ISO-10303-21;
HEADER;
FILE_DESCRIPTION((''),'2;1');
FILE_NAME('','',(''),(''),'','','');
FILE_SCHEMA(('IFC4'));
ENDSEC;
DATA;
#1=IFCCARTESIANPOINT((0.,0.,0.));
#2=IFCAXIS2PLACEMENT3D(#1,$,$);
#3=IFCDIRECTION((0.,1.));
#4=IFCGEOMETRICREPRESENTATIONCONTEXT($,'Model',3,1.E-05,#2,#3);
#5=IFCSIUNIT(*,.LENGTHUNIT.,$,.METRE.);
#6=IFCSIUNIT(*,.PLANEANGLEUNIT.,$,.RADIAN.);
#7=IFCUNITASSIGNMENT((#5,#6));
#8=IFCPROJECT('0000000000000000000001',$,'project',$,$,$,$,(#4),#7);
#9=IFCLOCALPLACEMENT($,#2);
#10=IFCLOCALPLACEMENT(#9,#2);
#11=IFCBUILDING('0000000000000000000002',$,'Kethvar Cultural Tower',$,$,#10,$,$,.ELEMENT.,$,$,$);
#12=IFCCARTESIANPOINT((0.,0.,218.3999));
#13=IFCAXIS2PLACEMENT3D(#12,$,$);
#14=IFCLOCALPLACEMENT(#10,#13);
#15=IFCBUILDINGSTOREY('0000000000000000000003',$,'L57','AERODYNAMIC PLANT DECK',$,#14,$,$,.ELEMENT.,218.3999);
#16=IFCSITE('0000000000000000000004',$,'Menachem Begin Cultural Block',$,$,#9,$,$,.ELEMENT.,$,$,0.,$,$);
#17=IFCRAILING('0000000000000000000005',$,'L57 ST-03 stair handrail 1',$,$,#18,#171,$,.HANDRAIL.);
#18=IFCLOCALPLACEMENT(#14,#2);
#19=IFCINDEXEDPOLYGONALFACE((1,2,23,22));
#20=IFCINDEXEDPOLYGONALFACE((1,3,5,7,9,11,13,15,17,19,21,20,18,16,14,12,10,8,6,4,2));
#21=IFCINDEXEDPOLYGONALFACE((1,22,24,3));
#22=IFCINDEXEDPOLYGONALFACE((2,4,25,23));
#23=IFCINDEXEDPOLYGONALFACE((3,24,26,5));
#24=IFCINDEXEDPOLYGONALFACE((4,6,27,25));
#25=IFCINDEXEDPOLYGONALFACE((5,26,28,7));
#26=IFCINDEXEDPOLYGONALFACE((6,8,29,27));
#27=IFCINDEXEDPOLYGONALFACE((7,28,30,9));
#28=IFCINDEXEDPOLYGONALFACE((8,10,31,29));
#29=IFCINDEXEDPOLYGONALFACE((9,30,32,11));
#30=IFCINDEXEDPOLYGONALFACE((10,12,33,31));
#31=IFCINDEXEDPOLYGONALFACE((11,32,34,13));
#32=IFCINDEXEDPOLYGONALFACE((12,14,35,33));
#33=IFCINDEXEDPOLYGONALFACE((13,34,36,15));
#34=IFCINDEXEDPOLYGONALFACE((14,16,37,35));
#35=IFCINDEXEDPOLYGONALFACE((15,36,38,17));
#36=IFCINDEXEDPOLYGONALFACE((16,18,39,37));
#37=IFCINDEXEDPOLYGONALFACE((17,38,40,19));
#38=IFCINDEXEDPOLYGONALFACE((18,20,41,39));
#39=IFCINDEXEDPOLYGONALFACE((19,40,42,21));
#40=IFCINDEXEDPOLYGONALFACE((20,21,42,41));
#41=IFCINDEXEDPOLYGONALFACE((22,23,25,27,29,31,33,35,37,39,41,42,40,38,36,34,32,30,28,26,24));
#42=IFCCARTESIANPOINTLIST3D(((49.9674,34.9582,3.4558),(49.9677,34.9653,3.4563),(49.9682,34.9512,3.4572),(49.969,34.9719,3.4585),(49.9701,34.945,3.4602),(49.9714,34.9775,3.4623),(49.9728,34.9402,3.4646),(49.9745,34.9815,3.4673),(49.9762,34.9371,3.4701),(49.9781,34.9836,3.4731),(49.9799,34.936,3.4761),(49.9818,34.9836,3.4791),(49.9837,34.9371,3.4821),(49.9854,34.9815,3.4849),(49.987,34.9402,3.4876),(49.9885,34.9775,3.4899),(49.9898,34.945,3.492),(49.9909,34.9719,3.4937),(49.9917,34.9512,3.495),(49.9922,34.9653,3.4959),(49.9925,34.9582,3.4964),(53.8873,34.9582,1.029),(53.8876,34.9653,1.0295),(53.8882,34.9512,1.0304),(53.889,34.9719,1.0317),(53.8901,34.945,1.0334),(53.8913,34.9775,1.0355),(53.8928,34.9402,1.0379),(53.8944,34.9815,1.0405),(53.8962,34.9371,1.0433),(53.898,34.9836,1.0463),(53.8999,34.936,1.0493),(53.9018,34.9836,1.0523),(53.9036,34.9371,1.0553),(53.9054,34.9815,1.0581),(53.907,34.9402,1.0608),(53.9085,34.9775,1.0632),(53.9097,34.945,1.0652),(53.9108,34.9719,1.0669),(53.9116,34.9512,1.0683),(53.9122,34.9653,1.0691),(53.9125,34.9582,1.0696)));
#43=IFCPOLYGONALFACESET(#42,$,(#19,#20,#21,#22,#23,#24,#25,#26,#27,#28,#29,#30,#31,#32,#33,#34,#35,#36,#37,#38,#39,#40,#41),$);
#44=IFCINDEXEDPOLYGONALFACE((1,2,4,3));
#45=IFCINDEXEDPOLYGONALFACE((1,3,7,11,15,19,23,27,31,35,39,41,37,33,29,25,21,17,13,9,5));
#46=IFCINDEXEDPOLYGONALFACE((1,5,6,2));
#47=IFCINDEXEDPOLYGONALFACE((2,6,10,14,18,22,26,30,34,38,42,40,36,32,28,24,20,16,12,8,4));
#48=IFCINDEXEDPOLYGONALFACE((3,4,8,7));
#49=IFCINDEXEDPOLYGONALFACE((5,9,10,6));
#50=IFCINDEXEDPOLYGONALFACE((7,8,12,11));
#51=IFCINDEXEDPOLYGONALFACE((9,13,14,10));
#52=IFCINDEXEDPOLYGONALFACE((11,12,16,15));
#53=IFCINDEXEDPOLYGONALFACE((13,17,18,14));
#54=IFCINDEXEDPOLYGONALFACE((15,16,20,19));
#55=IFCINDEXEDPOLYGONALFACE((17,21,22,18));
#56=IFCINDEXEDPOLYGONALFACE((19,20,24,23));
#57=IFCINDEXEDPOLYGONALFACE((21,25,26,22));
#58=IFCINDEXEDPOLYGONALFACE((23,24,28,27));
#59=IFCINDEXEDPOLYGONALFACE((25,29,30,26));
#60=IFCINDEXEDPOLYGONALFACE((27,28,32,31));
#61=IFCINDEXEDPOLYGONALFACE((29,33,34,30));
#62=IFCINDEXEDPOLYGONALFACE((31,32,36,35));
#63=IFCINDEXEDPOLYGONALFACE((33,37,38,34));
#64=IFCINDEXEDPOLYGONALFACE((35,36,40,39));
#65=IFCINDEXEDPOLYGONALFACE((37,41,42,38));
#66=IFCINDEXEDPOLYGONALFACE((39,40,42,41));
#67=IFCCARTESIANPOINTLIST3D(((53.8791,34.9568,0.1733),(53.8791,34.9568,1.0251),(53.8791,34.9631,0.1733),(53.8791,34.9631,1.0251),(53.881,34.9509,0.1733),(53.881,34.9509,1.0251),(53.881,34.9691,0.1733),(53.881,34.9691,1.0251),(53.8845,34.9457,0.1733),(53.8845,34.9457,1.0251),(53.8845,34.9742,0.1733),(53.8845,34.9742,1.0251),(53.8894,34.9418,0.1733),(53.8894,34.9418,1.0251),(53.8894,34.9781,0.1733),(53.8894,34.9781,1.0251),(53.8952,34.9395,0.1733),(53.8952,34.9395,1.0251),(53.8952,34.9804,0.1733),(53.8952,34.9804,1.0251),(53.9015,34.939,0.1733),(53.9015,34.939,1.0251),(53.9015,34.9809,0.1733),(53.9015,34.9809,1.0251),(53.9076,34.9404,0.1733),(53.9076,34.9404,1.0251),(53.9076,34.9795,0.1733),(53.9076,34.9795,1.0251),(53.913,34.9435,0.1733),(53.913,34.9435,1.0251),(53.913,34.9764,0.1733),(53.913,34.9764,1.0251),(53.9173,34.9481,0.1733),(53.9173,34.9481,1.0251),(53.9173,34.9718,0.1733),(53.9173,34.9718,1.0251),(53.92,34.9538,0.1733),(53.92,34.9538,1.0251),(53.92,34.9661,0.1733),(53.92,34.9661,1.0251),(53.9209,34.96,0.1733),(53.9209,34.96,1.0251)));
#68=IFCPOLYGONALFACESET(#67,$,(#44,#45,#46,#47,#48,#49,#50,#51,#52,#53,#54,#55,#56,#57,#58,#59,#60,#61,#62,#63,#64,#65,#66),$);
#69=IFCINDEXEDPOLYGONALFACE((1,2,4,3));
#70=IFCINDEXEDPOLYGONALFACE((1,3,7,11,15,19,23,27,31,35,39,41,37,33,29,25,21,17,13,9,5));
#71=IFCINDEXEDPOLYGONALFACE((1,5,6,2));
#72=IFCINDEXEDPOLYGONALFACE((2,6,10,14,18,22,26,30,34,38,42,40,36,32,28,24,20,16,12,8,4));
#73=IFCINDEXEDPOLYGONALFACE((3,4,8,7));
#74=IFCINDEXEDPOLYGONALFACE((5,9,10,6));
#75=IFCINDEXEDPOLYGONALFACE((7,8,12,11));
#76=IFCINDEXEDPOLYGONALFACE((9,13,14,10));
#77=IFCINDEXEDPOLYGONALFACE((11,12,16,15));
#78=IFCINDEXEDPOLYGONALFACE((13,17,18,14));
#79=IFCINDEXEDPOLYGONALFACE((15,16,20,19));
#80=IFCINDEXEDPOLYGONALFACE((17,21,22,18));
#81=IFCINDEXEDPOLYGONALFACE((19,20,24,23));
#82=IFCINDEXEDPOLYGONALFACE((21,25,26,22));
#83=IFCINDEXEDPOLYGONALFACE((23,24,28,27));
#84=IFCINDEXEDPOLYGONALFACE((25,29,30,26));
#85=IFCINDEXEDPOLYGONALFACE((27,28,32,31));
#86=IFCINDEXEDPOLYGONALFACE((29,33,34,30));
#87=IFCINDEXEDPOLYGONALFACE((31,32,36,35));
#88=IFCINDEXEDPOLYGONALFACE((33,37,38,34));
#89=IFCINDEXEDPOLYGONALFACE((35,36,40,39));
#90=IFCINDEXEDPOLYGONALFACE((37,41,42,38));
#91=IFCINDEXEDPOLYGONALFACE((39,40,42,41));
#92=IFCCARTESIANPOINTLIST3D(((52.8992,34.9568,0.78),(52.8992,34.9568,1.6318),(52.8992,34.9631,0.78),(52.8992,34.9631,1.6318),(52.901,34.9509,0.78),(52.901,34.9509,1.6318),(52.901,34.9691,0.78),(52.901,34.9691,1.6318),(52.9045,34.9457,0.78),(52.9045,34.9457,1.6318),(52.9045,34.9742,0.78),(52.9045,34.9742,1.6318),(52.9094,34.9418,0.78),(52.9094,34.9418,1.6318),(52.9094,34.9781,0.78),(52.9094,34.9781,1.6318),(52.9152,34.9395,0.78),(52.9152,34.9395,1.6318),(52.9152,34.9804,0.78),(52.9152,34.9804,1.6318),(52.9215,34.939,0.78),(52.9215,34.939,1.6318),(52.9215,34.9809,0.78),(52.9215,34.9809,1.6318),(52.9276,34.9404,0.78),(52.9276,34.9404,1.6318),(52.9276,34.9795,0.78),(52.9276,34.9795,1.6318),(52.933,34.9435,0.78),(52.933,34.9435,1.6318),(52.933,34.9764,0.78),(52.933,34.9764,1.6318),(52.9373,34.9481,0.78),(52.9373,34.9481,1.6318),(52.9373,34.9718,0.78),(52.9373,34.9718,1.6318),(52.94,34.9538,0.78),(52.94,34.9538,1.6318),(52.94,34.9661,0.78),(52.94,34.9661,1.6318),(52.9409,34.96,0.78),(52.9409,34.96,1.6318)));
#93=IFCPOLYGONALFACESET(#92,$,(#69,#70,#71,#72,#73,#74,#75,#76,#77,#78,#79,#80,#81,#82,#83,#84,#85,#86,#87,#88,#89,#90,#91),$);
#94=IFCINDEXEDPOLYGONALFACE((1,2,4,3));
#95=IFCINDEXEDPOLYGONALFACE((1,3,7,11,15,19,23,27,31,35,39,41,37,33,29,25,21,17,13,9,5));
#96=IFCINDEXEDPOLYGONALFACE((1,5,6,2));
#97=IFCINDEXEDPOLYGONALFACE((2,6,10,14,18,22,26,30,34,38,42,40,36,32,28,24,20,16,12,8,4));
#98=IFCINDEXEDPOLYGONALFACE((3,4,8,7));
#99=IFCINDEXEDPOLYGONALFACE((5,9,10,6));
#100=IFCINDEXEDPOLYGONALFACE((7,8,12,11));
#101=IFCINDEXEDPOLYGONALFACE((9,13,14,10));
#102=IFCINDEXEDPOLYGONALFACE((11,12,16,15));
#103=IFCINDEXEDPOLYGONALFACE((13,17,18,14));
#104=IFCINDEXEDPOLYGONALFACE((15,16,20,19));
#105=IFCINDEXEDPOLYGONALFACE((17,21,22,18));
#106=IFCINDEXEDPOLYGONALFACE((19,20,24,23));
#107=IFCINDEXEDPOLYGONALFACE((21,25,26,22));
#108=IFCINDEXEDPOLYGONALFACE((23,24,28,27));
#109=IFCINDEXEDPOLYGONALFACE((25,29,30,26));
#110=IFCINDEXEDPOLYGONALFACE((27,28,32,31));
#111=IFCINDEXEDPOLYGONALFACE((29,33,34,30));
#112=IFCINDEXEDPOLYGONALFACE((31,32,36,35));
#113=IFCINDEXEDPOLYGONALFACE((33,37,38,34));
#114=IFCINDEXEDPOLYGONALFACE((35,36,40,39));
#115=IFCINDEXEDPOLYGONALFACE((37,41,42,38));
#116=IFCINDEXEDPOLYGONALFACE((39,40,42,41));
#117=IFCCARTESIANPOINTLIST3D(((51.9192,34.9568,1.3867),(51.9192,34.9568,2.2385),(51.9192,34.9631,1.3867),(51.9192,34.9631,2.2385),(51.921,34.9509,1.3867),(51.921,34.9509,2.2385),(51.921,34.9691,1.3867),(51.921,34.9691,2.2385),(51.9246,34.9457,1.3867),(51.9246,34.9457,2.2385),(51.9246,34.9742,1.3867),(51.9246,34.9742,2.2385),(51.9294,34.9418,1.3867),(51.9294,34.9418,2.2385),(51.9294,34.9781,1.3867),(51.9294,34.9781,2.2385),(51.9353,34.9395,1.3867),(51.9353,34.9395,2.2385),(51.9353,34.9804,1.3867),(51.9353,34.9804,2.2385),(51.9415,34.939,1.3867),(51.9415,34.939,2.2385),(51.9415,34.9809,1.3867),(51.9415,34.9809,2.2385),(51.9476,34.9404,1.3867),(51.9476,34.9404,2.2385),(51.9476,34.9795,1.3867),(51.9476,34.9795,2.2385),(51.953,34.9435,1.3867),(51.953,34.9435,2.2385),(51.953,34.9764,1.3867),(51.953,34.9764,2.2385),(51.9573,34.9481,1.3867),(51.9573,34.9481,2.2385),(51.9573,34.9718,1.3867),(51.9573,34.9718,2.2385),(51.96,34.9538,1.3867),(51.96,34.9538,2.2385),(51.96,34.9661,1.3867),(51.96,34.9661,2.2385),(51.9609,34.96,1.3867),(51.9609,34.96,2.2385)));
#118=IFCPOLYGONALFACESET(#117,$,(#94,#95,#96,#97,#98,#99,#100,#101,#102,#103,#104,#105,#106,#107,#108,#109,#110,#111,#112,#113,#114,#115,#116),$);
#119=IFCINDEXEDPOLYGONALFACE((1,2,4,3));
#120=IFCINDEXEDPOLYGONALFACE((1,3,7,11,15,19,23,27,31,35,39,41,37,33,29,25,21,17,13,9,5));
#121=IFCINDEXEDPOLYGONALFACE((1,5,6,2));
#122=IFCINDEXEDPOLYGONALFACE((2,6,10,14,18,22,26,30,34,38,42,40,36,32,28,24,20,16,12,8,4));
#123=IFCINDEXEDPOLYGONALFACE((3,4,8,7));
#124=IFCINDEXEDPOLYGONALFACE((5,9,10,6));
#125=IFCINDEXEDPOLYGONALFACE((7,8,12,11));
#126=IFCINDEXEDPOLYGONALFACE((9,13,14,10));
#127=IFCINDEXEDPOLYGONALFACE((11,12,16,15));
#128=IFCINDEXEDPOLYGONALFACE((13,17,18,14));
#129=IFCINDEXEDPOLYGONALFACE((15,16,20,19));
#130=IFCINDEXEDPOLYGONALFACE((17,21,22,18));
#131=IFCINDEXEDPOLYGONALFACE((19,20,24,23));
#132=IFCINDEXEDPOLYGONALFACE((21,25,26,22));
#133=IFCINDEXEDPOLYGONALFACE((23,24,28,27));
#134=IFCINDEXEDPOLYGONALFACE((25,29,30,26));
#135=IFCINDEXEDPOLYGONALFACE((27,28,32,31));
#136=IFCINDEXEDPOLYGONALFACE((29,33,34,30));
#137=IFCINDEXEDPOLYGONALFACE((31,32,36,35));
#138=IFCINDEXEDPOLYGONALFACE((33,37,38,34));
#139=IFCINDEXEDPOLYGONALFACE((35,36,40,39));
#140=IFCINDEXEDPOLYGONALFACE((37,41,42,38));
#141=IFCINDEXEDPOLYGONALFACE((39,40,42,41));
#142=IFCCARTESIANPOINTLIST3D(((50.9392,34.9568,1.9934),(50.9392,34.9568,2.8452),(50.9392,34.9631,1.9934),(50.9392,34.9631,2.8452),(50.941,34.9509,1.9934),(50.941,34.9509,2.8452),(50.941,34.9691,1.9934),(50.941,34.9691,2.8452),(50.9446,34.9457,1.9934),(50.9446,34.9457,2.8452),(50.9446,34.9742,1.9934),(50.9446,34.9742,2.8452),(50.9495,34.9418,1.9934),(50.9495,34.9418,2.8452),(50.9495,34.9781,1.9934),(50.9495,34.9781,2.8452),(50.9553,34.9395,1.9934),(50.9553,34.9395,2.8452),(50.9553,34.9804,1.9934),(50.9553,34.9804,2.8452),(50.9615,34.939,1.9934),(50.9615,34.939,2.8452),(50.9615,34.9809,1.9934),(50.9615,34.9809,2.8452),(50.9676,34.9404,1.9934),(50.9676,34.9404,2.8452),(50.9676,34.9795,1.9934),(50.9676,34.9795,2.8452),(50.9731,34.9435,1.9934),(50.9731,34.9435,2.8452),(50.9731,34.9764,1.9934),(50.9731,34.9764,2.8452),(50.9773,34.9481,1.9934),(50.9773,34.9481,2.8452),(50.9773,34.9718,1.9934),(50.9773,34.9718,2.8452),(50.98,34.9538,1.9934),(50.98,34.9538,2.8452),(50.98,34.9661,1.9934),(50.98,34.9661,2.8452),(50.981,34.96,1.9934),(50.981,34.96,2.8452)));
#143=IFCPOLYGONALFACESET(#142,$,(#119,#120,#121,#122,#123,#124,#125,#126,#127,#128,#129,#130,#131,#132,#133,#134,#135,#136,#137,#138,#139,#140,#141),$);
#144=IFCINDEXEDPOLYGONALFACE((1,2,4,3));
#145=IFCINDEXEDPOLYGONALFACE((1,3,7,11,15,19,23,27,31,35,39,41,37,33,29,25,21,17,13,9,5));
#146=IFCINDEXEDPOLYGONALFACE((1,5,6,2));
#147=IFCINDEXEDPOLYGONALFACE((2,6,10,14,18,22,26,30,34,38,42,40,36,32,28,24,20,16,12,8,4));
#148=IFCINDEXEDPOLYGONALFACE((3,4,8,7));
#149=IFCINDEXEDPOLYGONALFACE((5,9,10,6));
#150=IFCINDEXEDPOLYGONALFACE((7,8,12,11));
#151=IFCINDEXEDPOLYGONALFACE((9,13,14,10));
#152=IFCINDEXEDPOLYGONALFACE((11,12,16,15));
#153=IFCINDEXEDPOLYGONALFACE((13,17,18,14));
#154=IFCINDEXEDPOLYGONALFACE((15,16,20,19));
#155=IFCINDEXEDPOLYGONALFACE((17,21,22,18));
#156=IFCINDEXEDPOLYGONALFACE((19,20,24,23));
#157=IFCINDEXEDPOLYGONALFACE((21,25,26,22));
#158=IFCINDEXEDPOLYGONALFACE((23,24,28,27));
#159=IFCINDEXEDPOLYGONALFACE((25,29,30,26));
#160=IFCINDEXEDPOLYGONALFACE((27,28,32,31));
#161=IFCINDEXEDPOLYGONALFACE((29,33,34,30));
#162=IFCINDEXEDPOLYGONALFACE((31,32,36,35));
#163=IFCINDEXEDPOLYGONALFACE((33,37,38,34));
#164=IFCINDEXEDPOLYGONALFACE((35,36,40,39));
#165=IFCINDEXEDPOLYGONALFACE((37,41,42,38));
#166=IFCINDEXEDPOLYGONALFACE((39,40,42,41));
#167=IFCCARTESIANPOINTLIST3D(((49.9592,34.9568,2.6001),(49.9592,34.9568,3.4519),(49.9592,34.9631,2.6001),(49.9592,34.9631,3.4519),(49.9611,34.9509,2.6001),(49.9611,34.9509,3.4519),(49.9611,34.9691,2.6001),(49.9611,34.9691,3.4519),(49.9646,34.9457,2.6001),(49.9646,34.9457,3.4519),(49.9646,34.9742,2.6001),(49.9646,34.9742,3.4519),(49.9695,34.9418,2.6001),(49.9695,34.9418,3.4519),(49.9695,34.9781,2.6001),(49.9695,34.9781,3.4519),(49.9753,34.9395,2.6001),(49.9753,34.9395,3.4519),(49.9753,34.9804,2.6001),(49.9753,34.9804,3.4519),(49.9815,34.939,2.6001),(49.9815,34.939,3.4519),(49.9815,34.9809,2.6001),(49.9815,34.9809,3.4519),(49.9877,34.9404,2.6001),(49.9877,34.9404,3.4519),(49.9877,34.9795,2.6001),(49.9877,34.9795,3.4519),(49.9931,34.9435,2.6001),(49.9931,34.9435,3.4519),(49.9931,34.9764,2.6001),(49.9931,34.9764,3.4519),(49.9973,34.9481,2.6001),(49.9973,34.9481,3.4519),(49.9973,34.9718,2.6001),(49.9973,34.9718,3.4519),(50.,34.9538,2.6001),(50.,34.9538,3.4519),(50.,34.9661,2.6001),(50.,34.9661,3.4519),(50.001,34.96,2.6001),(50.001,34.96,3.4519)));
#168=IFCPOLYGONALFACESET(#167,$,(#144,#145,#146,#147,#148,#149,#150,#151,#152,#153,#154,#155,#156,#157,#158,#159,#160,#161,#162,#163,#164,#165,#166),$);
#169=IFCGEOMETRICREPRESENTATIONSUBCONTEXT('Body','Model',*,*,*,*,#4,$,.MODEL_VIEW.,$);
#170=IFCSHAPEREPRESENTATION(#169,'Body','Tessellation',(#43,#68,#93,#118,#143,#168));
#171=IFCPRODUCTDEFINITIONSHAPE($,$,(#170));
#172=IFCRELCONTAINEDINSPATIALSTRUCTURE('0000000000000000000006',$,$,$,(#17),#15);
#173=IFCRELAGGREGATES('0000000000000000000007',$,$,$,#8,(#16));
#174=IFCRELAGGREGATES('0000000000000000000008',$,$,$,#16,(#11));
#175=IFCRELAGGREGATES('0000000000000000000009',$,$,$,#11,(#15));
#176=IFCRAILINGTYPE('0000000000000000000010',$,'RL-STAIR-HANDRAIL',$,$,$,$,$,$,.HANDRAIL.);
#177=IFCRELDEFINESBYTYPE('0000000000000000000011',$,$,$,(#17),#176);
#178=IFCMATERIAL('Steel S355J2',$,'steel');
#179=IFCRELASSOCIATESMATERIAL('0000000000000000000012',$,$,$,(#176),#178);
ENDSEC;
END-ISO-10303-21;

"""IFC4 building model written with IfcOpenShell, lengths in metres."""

from ifc_helpers import new_model, si_unit, direction, frame, origin, origin_2d, place, context, subcontext, project, spatial, circle, extrude, material, type_object, element, save


model = new_model("IFC4")

# Units and contexts
model_context = context("Model", 3, precision=1e-05, world=origin(), true_north=direction((0.0, 1.0)))
body_context = subcontext(model_context, "Body", "Model", "MODEL_VIEW")
ifc_project = project(units=[si_unit("LENGTHUNIT", "METRE"), si_unit("PLANEANGLEUNIT", "RADIAN")], contexts=[model_context])

# Site, building, storey
site_placement = place(None, origin())
site = spatial("IfcSite", under=ifc_project, at=site_placement, Name="Menachem Begin Cultural Block", CompositionType="ELEMENT", RefElevation=0.0)
building_placement = place(site_placement, origin())
building = spatial("IfcBuilding", under=site, at=building_placement, Name="Kethvar Cultural Tower", CompositionType="ELEMENT")
storey_placement = place(building_placement, frame((0.0, 0.0, 218.3999)))
storey = spatial("IfcBuildingStorey", under=building, at=storey_placement, Name="L57", Description="AERODYNAMIC PLANT DECK", CompositionType="ELEMENT", Elevation=218.3999)

# Shared definitions
ifc_material_1 = material(Name="Steel S355J2", Category="steel")

# Railing
railing_type_1 = type_object("IfcRailingType", Name="RL-STAIR-HANDRAIL", PredefinedType="HANDRAIL", material=ifc_material_1)
railing_1_placement = place(storey_placement, frame((53.8999, 34.96, 0.1733)))
element("IfcRailing", 1, at=railing_1_placement, inside=storey, type_object=railing_type_1, Name="L57 ST-03 stair handrail 1", PredefinedType="HANDRAIL", context=body_context, shape_type="SweptSolid", body=[
    extrude(circle(Radius=0.0239, at=origin_2d()), frame((0.0, 0.0, 0.876), z_axis=(-0.850252, 0.0, 0.526376), x_axis=(0.0, -1.0, 0.0)), (0.0, 0.0, 1.0), 4.6104),
    extrude(circle(Radius=0.021, at=origin_2d()), origin(), (0.0, 0.0, 1.0), 0.8518),
    extrude(circle(Radius=0.021, at=origin_2d()), frame((-0.98, 0.0, 0.6067)), (0.0, 0.0, 1.0), 0.8518),
    extrude(circle(Radius=0.021, at=origin_2d()), frame((-1.96, 0.0, 1.2134)), (0.0, 0.0, 1.0), 0.8518),
    extrude(circle(Radius=0.021, at=origin_2d()), frame((-2.9399, 0.0, 1.8201)), (0.0, 0.0, 1.0), 0.8518),
    extrude(circle(Radius=0.021, at=origin_2d()), frame((-3.9199, 0.0, 2.4268)), (0.0, 0.0, 1.0), 0.8518),
])

save(model, "model.ifc")
